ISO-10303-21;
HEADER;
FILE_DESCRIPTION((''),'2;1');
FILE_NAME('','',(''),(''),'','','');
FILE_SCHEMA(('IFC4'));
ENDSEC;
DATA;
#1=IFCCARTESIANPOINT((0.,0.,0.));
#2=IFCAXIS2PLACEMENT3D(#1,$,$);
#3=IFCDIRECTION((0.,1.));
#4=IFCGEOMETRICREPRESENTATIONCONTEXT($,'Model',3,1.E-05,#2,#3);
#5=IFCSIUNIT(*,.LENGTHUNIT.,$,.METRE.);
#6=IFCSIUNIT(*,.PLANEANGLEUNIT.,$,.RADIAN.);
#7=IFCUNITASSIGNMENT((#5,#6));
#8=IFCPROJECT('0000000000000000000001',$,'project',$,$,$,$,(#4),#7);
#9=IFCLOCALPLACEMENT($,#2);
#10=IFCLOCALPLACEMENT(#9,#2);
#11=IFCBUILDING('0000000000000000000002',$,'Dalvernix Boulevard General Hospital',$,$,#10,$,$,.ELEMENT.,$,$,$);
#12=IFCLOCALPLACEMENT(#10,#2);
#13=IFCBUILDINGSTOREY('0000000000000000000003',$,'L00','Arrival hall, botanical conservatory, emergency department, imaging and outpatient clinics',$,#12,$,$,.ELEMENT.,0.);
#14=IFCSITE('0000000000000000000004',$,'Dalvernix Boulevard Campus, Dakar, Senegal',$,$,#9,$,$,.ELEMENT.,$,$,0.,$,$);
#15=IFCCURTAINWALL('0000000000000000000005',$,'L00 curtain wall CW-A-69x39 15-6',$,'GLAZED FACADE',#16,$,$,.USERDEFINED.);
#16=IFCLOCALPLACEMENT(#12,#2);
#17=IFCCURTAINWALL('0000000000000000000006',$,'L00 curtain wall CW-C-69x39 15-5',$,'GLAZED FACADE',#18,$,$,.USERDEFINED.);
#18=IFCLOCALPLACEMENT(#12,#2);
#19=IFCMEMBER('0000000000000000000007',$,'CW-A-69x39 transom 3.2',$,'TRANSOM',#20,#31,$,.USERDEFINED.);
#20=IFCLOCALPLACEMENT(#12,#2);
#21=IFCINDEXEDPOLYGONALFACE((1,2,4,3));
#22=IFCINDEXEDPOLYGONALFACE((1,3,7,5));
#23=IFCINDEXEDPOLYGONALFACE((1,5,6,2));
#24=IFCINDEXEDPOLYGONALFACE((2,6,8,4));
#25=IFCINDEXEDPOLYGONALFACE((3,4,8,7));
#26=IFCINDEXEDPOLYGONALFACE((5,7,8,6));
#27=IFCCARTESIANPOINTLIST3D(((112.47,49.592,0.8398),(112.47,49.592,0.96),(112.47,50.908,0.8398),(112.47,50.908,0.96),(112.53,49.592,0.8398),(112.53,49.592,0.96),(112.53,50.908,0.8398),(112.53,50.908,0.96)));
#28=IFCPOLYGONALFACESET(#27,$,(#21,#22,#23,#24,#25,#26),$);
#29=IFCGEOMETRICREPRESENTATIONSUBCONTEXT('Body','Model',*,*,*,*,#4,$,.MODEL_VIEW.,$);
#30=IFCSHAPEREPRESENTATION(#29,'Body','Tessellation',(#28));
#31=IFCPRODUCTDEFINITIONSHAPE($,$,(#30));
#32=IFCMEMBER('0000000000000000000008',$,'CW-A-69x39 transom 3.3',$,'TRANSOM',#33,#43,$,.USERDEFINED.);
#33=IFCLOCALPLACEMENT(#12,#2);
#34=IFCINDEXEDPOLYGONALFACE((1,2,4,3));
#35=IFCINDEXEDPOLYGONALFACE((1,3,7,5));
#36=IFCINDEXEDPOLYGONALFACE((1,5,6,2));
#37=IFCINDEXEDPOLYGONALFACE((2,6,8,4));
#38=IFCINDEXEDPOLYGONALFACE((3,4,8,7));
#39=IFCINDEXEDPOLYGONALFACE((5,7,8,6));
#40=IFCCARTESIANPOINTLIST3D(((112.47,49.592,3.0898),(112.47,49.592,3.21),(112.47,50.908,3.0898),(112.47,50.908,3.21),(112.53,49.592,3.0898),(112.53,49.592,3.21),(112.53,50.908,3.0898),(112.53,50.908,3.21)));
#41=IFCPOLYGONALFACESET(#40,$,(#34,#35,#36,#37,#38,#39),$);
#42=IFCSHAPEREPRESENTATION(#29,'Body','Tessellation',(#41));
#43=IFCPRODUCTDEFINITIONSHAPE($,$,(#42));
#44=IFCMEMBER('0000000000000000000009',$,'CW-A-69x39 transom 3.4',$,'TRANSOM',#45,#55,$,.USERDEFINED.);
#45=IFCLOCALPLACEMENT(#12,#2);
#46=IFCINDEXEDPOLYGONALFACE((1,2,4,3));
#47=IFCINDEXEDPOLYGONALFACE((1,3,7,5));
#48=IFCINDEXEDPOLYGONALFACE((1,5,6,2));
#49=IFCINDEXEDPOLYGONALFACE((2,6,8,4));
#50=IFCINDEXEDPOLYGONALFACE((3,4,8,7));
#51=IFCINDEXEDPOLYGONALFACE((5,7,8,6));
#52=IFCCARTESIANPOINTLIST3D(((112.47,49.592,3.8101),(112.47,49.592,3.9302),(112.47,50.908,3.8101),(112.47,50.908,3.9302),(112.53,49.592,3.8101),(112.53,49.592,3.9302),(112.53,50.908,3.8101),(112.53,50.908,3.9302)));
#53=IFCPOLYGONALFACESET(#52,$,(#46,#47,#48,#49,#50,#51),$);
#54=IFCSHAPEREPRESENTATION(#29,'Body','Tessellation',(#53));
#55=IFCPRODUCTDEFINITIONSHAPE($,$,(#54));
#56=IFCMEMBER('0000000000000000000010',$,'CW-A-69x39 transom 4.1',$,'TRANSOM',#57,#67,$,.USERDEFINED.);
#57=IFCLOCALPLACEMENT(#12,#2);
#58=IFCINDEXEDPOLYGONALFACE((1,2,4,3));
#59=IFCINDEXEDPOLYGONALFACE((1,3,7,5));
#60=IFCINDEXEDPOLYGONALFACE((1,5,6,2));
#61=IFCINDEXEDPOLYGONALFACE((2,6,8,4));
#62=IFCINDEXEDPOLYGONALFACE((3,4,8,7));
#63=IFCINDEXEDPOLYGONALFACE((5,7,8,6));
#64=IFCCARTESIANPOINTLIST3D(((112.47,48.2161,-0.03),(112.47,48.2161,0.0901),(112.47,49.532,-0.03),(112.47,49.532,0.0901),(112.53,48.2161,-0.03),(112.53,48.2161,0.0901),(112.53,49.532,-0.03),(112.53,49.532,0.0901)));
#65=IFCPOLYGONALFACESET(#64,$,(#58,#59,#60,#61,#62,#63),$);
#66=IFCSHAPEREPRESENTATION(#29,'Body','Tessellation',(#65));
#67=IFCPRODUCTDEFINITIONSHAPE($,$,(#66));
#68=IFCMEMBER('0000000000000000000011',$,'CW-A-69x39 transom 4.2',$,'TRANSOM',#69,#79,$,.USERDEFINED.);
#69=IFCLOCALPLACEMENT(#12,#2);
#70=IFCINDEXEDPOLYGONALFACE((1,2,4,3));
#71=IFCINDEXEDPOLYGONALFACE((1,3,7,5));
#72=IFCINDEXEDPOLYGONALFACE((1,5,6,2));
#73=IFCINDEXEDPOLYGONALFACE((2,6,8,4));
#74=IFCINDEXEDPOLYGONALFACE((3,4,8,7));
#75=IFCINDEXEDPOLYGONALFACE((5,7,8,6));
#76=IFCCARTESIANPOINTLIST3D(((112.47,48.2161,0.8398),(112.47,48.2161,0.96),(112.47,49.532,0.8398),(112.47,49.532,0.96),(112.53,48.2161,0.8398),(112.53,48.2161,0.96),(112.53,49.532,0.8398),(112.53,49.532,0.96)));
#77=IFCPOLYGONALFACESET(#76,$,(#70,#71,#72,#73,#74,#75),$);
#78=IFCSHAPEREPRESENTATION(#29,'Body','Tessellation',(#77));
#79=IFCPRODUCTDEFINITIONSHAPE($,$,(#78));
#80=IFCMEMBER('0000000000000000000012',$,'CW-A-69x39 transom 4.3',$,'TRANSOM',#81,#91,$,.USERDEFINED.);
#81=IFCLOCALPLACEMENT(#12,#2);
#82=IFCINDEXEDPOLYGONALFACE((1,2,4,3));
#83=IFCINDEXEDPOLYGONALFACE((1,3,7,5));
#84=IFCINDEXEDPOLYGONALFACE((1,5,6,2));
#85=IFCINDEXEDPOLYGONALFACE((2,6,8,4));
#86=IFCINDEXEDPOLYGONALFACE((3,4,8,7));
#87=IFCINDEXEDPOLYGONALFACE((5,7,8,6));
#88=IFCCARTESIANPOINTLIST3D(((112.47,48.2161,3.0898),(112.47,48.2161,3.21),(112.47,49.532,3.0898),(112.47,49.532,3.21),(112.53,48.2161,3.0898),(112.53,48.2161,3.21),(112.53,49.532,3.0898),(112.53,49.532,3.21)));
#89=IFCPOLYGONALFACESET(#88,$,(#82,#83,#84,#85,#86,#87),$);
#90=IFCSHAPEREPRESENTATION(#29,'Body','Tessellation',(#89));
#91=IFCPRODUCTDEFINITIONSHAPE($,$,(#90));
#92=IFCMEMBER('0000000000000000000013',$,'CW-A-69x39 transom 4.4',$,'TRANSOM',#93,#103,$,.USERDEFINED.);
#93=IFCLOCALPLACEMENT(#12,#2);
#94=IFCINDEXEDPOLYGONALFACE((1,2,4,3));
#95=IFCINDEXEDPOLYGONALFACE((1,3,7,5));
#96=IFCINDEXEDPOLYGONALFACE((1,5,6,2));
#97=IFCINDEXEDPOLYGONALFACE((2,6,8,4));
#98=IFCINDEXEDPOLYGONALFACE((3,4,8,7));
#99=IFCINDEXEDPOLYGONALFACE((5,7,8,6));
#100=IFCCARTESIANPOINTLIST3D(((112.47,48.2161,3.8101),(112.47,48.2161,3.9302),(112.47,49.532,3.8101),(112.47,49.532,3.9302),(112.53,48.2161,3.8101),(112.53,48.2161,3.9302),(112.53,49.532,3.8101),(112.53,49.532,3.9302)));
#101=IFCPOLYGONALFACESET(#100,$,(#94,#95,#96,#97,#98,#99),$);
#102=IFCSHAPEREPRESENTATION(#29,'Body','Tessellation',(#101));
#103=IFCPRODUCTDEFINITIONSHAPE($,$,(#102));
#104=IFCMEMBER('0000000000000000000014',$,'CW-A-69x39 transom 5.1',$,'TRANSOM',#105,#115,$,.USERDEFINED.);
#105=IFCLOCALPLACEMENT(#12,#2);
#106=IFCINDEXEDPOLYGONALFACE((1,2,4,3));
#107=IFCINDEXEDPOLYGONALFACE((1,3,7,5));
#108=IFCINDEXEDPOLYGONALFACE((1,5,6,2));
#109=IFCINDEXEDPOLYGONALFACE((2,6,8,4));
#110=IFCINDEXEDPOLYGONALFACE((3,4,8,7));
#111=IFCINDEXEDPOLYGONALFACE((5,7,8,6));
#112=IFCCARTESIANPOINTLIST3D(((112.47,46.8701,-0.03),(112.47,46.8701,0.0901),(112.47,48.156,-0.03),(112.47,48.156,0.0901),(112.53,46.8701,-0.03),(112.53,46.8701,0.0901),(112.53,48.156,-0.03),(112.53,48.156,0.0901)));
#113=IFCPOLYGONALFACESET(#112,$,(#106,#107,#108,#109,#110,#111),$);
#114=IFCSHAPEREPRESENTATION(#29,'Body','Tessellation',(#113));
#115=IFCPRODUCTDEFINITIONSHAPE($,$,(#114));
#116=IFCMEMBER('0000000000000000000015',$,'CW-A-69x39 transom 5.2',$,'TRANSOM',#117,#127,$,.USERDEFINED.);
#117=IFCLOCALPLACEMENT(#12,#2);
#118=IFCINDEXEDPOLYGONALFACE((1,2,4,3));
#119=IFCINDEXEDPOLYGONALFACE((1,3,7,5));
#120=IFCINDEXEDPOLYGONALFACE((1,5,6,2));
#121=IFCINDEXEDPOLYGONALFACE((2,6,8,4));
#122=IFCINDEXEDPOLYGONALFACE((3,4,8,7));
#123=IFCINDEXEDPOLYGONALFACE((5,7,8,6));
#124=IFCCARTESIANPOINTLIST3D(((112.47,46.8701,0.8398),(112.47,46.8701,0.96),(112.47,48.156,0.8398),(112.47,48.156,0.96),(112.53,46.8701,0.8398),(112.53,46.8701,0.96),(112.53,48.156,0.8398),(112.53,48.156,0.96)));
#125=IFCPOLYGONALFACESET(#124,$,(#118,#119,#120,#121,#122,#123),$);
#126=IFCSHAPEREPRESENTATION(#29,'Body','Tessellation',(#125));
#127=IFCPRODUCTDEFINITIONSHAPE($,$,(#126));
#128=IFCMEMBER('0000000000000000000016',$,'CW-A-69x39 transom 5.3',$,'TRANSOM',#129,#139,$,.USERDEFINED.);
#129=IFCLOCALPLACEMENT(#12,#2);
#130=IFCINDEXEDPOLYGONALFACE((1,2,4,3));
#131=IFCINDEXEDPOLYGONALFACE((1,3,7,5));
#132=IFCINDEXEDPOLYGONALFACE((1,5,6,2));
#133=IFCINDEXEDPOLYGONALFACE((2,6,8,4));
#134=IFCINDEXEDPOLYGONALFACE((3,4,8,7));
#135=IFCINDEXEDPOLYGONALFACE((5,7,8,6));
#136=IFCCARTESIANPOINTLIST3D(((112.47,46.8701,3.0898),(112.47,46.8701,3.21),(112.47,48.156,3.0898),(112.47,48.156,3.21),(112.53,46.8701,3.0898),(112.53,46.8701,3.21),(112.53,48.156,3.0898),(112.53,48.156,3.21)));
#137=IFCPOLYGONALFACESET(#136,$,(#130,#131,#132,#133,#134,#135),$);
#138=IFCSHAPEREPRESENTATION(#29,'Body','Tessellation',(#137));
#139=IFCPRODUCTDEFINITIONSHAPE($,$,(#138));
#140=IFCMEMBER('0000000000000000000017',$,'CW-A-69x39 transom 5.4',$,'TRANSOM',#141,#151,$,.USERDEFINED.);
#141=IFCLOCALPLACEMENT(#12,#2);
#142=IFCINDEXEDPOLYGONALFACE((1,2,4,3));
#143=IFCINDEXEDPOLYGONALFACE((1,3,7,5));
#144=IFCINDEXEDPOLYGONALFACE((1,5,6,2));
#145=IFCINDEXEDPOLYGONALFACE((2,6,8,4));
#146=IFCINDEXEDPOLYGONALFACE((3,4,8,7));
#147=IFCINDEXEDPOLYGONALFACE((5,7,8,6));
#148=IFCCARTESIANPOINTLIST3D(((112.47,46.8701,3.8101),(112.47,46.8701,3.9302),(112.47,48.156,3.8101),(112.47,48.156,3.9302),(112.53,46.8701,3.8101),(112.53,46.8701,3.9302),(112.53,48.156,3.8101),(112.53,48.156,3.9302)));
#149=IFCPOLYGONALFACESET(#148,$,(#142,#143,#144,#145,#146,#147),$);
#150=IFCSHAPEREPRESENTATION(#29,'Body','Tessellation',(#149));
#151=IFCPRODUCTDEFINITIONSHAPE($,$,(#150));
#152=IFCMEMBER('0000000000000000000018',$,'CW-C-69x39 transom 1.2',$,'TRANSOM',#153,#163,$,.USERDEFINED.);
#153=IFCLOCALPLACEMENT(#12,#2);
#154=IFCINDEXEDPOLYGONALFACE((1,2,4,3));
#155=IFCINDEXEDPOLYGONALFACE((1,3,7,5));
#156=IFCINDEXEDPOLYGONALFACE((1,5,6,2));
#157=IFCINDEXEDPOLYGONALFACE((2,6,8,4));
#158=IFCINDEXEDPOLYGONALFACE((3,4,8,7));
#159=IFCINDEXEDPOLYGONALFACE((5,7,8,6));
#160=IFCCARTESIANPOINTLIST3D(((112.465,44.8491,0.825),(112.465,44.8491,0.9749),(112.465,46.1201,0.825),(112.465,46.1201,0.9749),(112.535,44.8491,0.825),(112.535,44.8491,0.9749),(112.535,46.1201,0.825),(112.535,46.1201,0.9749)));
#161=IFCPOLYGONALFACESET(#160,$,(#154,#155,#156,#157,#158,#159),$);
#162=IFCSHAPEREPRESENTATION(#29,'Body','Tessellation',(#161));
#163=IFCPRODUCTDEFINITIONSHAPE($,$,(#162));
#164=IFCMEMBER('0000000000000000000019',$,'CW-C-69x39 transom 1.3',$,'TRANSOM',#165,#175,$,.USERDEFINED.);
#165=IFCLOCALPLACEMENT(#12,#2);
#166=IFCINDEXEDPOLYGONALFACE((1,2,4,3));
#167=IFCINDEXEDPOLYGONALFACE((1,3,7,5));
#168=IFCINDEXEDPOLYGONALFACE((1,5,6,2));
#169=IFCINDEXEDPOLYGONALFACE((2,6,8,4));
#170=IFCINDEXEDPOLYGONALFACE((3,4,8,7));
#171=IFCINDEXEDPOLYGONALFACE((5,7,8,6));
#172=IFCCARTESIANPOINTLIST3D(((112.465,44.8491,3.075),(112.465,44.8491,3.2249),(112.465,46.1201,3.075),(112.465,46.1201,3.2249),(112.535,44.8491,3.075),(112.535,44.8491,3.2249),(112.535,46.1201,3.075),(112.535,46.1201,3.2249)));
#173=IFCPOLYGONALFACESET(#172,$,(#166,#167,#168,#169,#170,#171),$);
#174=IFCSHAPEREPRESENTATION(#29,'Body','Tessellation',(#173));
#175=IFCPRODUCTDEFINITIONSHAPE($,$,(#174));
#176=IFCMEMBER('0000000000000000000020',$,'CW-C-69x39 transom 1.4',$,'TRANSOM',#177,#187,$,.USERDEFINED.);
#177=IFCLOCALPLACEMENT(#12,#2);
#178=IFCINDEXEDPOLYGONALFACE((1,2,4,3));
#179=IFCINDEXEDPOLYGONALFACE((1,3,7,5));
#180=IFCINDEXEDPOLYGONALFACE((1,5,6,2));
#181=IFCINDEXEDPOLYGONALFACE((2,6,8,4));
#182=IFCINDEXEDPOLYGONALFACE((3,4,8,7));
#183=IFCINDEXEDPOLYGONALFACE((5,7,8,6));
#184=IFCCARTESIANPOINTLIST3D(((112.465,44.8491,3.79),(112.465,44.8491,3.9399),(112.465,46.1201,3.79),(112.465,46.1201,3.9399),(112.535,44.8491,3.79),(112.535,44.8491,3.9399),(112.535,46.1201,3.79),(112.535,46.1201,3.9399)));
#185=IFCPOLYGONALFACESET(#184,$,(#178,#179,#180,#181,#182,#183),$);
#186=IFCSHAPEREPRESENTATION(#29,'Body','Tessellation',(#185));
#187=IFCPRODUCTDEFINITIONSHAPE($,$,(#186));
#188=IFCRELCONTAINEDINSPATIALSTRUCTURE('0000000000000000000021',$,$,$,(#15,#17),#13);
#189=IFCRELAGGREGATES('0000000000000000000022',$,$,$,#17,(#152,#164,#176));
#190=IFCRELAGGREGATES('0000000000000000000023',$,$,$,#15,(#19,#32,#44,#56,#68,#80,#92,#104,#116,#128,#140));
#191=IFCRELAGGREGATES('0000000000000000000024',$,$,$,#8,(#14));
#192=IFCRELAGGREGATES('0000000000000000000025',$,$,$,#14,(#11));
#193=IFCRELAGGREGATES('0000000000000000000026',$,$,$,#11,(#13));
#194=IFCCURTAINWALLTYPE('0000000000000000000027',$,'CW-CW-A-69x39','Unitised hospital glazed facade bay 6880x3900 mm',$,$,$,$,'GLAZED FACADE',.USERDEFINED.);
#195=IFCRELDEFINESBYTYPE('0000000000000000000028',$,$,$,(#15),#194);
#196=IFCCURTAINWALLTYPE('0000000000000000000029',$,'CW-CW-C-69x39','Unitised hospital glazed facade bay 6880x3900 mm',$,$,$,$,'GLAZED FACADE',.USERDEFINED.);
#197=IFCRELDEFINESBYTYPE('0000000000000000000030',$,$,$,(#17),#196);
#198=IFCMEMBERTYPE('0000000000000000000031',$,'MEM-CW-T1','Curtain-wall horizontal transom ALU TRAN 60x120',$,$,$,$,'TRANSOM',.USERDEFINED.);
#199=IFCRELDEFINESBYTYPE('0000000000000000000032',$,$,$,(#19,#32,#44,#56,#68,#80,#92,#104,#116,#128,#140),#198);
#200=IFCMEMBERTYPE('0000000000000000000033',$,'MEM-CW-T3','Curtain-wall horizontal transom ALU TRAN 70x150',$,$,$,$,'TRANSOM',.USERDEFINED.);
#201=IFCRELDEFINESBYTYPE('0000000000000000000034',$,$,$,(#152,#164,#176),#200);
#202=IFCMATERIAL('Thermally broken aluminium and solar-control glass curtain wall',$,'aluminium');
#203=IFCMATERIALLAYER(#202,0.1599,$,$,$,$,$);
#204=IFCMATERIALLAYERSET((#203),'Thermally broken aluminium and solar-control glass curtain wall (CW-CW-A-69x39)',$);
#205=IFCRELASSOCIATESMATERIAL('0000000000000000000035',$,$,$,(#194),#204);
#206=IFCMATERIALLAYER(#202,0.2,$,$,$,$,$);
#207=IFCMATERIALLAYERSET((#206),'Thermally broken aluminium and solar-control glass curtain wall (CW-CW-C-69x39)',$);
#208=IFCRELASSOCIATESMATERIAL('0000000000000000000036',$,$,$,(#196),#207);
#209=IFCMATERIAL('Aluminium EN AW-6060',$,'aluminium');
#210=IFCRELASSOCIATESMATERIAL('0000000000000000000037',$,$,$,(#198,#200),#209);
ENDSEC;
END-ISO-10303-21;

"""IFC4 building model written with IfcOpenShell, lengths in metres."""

from ifc_helpers import new_model, si_unit, direction, frame, origin, origin_2d, place, context, subcontext, project, spatial, rectangle, extrude, material, layer, layer_set, material_profile, profile_set, type_object, element, aggregate, save


model = new_model("IFC4")

# Units and contexts
model_context = context("Model", 3, precision=1e-05, world=origin(), true_north=direction((0.0, 1.0)))
body_context = subcontext(model_context, "Body", "Model", "MODEL_VIEW")
ifc_project = project(units=[si_unit("LENGTHUNIT", "METRE"), si_unit("PLANEANGLEUNIT", "RADIAN")], contexts=[model_context])

# Site, building, storey
site_placement = place(None, origin())
site = spatial("IfcSite", under=ifc_project, at=site_placement, Name="Dalvernix Boulevard Campus, Dakar, Senegal", CompositionType="ELEMENT", RefElevation=0.0)
building_placement = place(site_placement, origin())
building = spatial("IfcBuilding", under=site, at=building_placement, Name="Dalvernix Boulevard General Hospital", CompositionType="ELEMENT")
storey_placement = place(building_placement, origin())
storey = spatial("IfcBuildingStorey", under=building, at=storey_placement, Name="L00", Description="Arrival hall, botanical conservatory, emergency department, imaging and outpatient clinics", CompositionType="ELEMENT", Elevation=0.0)

# Curtain wall
ifc_material_1 = material(Name="Thermally broken aluminium and solar-control glass curtain wall", Category="aluminium")
ifc_layer_1 = layer(ifc_material_1, 0.1599)
ifc_layer_set_1 = layer_set([ifc_layer_1], Name="Thermally broken aluminium and solar-control glass curtain wall (CW-CW-A-69x39)")
curtain_wall_type_1 = type_object("IfcCurtainWallType", Name="CW-CW-A-69x39", Description="Unitised hospital glazed facade bay 6880x3900 mm", ElementType="GLAZED FACADE", PredefinedType="USERDEFINED", material=ifc_layer_set_1)
curtain_wall_1_placement = place(storey_placement, origin())
curtain_wall_1 = element("IfcCurtainWall", 1, at=curtain_wall_1_placement, inside=storey, type_object=curtain_wall_type_1, Name="L00 curtain wall CW-A-69x39 15-6", ObjectType="GLAZED FACADE", PredefinedType="USERDEFINED")
ifc_material_2 = material(Name="Aluminium EN AW-6060", Category="aluminium")

# Curtain wall
ifc_layer_2 = layer(ifc_material_1, 0.2)
ifc_layer_set_2 = layer_set([ifc_layer_2], Name="Thermally broken aluminium and solar-control glass curtain wall (CW-CW-C-69x39)")
curtain_wall_type_2 = type_object("IfcCurtainWallType", Name="CW-CW-C-69x39", Description="Unitised hospital glazed facade bay 6880x3900 mm", ElementType="GLAZED FACADE", PredefinedType="USERDEFINED", material=ifc_layer_set_2)
curtain_wall_2_placement = place(storey_placement, origin())
curtain_wall_2 = element("IfcCurtainWall", 2, at=curtain_wall_2_placement, inside=storey, type_object=curtain_wall_type_2, Name="L00 curtain wall CW-C-69x39 15-5", ObjectType="GLAZED FACADE", PredefinedType="USERDEFINED")

# Members
ifc_material_profile_1 = material_profile(ifc_material_2, rectangle(XDim=0.0601, YDim=0.1201, at=origin_2d()), Name="ALU TRAN 60x120")
ifc_profile_set_1 = profile_set([ifc_material_profile_1], Name="Aluminium EN AW-6060")
member_type_1 = type_object("IfcMemberType", Name="MEM-CW-T1", Description="Curtain-wall horizontal transom ALU TRAN 60x120", ElementType="TRANSOM", PredefinedType="USERDEFINED", material=ifc_profile_set_1)
member_1_placement = place(storey_placement, frame((112.5, 50.908, 0.8999), z_axis=(0.0, -1.0, 0.0), x_axis=(1.0, 0.0, 0.0)))
member_1 = element("IfcMember", 3, at=member_1_placement, type_object=member_type_1, Name="CW-A-69x39 transom 3.2", ObjectType="TRANSOM", PredefinedType="USERDEFINED", context=body_context, shape_type="SweptSolid", body=[
    extrude(rectangle(XDim=0.0601, YDim=0.1201, at=origin_2d()), origin(), (0.0, 0.0, 1.0), 1.3159),
])
member_2_placement = place(storey_placement, frame((112.5, 50.908, 3.1499), z_axis=(0.0, -1.0, 0.0), x_axis=(1.0, 0.0, 0.0)))
member_2 = element("IfcMember", 4, at=member_2_placement, type_object=member_type_1, Name="CW-A-69x39 transom 3.3", ObjectType="TRANSOM", PredefinedType="USERDEFINED", context=body_context, shape_type="SweptSolid", body=[
    extrude(rectangle(XDim=0.0601, YDim=0.1201, at=origin_2d()), origin(), (0.0, 0.0, 1.0), 1.3159),
])
member_3_placement = place(storey_placement, frame((112.5, 50.908, 3.8701), z_axis=(0.0, -1.0, 0.0), x_axis=(1.0, 0.0, 0.0)))
member_3 = element("IfcMember", 5, at=member_3_placement, type_object=member_type_1, Name="CW-A-69x39 transom 3.4", ObjectType="TRANSOM", PredefinedType="USERDEFINED", context=body_context, shape_type="SweptSolid", body=[
    extrude(rectangle(XDim=0.0601, YDim=0.1201, at=origin_2d()), origin(), (0.0, 0.0, 1.0), 1.3159),
])
member_4_placement = place(storey_placement, frame((112.5, 49.532, 0.03), z_axis=(0.0, -1.0, 0.0), x_axis=(1.0, 0.0, 0.0)))
member_4 = element("IfcMember", 6, at=member_4_placement, type_object=member_type_1, Name="CW-A-69x39 transom 4.1", ObjectType="TRANSOM", PredefinedType="USERDEFINED", context=body_context, shape_type="SweptSolid", body=[
    extrude(rectangle(XDim=0.0601, YDim=0.1201, at=origin_2d()), origin(), (0.0, 0.0, 1.0), 1.3159),
])
member_5_placement = place(storey_placement, frame((112.5, 49.532, 0.8999), z_axis=(0.0, -1.0, 0.0), x_axis=(1.0, 0.0, 0.0)))
member_5 = element("IfcMember", 7, at=member_5_placement, type_object=member_type_1, Name="CW-A-69x39 transom 4.2", ObjectType="TRANSOM", PredefinedType="USERDEFINED", context=body_context, shape_type="SweptSolid", body=[
    extrude(rectangle(XDim=0.0601, YDim=0.1201, at=origin_2d()), origin(), (0.0, 0.0, 1.0), 1.3159),
])
member_6_placement = place(storey_placement, frame((112.5, 49.532, 3.1499), z_axis=(0.0, -1.0, 0.0), x_axis=(1.0, 0.0, 0.0)))
member_6 = element("IfcMember", 8, at=member_6_placement, type_object=member_type_1, Name="CW-A-69x39 transom 4.3", ObjectType="TRANSOM", PredefinedType="USERDEFINED", context=body_context, shape_type="SweptSolid", body=[
    extrude(rectangle(XDim=0.0601, YDim=0.1201, at=origin_2d()), origin(), (0.0, 0.0, 1.0), 1.3159),
])
member_7_placement = place(storey_placement, frame((112.5, 49.532, 3.8701), z_axis=(0.0, -1.0, 0.0), x_axis=(1.0, 0.0, 0.0)))
member_7 = element("IfcMember", 9, at=member_7_placement, type_object=member_type_1, Name="CW-A-69x39 transom 4.4", ObjectType="TRANSOM", PredefinedType="USERDEFINED", context=body_context, shape_type="SweptSolid", body=[
    extrude(rectangle(XDim=0.0601, YDim=0.1201, at=origin_2d()), origin(), (0.0, 0.0, 1.0), 1.3159),
])
member_8_placement = place(storey_placement, frame((112.5, 48.156, 0.03), z_axis=(0.0, -1.0, 0.0), x_axis=(1.0, 0.0, 0.0)))
member_8 = element("IfcMember", 10, at=member_8_placement, type_object=member_type_1, Name="CW-A-69x39 transom 5.1", ObjectType="TRANSOM", PredefinedType="USERDEFINED", context=body_context, shape_type="SweptSolid", body=[
    extrude(rectangle(XDim=0.0601, YDim=0.1201, at=origin_2d()), origin(), (0.0, 0.0, 1.0), 1.2859),
])
member_9_placement = place(storey_placement, frame((112.5, 48.156, 0.8999), z_axis=(0.0, -1.0, 0.0), x_axis=(1.0, 0.0, 0.0)))
member_9 = element("IfcMember", 11, at=member_9_placement, type_object=member_type_1, Name="CW-A-69x39 transom 5.2", ObjectType="TRANSOM", PredefinedType="USERDEFINED", context=body_context, shape_type="SweptSolid", body=[
    extrude(rectangle(XDim=0.0601, YDim=0.1201, at=origin_2d()), origin(), (0.0, 0.0, 1.0), 1.2859),
])
member_10_placement = place(storey_placement, frame((112.5, 48.156, 3.1499), z_axis=(0.0, -1.0, 0.0), x_axis=(1.0, 0.0, 0.0)))
member_10 = element("IfcMember", 12, at=member_10_placement, type_object=member_type_1, Name="CW-A-69x39 transom 5.3", ObjectType="TRANSOM", PredefinedType="USERDEFINED", context=body_context, shape_type="SweptSolid", body=[
    extrude(rectangle(XDim=0.0601, YDim=0.1201, at=origin_2d()), origin(), (0.0, 0.0, 1.0), 1.2859),
])
member_11_placement = place(storey_placement, frame((112.5, 48.156, 3.8701), z_axis=(0.0, -1.0, 0.0), x_axis=(1.0, 0.0, 0.0)))
member_11 = element("IfcMember", 13, at=member_11_placement, type_object=member_type_1, Name="CW-A-69x39 transom 5.4", ObjectType="TRANSOM", PredefinedType="USERDEFINED", context=body_context, shape_type="SweptSolid", body=[
    extrude(rectangle(XDim=0.0601, YDim=0.1201, at=origin_2d()), origin(), (0.0, 0.0, 1.0), 1.2859),
])
ifc_material_profile_2 = material_profile(ifc_material_2, rectangle(XDim=0.0701, YDim=0.1499, at=origin_2d()), Name="ALU TRAN 70x150")
ifc_profile_set_2 = profile_set([ifc_material_profile_2], Name="Aluminium EN AW-6060")
member_type_2 = type_object("IfcMemberType", Name="MEM-CW-T3", Description="Curtain-wall horizontal transom ALU TRAN 70x150", ElementType="TRANSOM", PredefinedType="USERDEFINED", material=ifc_profile_set_2)
member_12_placement = place(storey_placement, frame((112.5, 46.1201, 0.8999), z_axis=(0.0, -1.0, 0.0), x_axis=(1.0, 0.0, 0.0)))
member_12 = element("IfcMember", 14, at=member_12_placement, type_object=member_type_2, Name="CW-C-69x39 transom 1.2", ObjectType="TRANSOM", PredefinedType="USERDEFINED", context=body_context, shape_type="SweptSolid", body=[
    extrude(rectangle(XDim=0.0701, YDim=0.1499, at=origin_2d()), origin(), (0.0, 0.0, 1.0), 1.271),
])
member_13_placement = place(storey_placement, frame((112.5, 46.1201, 3.1499), z_axis=(0.0, -1.0, 0.0), x_axis=(1.0, 0.0, 0.0)))
member_13 = element("IfcMember", 15, at=member_13_placement, type_object=member_type_2, Name="CW-C-69x39 transom 1.3", ObjectType="TRANSOM", PredefinedType="USERDEFINED", context=body_context, shape_type="SweptSolid", body=[
    extrude(rectangle(XDim=0.0701, YDim=0.1499, at=origin_2d()), origin(), (0.0, 0.0, 1.0), 1.271),
])
member_14_placement = place(storey_placement, frame((112.5, 46.1201, 3.865), z_axis=(0.0, -1.0, 0.0), x_axis=(1.0, 0.0, 0.0)))
member_14 = element("IfcMember", 16, at=member_14_placement, type_object=member_type_2, Name="CW-C-69x39 transom 1.4", ObjectType="TRANSOM", PredefinedType="USERDEFINED", context=body_context, shape_type="SweptSolid", body=[
    extrude(rectangle(XDim=0.0701, YDim=0.1499, at=origin_2d()), origin(), (0.0, 0.0, 1.0), 1.271),
])
aggregate(curtain_wall_2, [member_12, member_13, member_14])

aggregate(curtain_wall_1, [member_1, member_2, member_3, member_4, member_5, member_6, member_7, member_8, member_9, member_10, member_11])

save(model, "model.ifc")
